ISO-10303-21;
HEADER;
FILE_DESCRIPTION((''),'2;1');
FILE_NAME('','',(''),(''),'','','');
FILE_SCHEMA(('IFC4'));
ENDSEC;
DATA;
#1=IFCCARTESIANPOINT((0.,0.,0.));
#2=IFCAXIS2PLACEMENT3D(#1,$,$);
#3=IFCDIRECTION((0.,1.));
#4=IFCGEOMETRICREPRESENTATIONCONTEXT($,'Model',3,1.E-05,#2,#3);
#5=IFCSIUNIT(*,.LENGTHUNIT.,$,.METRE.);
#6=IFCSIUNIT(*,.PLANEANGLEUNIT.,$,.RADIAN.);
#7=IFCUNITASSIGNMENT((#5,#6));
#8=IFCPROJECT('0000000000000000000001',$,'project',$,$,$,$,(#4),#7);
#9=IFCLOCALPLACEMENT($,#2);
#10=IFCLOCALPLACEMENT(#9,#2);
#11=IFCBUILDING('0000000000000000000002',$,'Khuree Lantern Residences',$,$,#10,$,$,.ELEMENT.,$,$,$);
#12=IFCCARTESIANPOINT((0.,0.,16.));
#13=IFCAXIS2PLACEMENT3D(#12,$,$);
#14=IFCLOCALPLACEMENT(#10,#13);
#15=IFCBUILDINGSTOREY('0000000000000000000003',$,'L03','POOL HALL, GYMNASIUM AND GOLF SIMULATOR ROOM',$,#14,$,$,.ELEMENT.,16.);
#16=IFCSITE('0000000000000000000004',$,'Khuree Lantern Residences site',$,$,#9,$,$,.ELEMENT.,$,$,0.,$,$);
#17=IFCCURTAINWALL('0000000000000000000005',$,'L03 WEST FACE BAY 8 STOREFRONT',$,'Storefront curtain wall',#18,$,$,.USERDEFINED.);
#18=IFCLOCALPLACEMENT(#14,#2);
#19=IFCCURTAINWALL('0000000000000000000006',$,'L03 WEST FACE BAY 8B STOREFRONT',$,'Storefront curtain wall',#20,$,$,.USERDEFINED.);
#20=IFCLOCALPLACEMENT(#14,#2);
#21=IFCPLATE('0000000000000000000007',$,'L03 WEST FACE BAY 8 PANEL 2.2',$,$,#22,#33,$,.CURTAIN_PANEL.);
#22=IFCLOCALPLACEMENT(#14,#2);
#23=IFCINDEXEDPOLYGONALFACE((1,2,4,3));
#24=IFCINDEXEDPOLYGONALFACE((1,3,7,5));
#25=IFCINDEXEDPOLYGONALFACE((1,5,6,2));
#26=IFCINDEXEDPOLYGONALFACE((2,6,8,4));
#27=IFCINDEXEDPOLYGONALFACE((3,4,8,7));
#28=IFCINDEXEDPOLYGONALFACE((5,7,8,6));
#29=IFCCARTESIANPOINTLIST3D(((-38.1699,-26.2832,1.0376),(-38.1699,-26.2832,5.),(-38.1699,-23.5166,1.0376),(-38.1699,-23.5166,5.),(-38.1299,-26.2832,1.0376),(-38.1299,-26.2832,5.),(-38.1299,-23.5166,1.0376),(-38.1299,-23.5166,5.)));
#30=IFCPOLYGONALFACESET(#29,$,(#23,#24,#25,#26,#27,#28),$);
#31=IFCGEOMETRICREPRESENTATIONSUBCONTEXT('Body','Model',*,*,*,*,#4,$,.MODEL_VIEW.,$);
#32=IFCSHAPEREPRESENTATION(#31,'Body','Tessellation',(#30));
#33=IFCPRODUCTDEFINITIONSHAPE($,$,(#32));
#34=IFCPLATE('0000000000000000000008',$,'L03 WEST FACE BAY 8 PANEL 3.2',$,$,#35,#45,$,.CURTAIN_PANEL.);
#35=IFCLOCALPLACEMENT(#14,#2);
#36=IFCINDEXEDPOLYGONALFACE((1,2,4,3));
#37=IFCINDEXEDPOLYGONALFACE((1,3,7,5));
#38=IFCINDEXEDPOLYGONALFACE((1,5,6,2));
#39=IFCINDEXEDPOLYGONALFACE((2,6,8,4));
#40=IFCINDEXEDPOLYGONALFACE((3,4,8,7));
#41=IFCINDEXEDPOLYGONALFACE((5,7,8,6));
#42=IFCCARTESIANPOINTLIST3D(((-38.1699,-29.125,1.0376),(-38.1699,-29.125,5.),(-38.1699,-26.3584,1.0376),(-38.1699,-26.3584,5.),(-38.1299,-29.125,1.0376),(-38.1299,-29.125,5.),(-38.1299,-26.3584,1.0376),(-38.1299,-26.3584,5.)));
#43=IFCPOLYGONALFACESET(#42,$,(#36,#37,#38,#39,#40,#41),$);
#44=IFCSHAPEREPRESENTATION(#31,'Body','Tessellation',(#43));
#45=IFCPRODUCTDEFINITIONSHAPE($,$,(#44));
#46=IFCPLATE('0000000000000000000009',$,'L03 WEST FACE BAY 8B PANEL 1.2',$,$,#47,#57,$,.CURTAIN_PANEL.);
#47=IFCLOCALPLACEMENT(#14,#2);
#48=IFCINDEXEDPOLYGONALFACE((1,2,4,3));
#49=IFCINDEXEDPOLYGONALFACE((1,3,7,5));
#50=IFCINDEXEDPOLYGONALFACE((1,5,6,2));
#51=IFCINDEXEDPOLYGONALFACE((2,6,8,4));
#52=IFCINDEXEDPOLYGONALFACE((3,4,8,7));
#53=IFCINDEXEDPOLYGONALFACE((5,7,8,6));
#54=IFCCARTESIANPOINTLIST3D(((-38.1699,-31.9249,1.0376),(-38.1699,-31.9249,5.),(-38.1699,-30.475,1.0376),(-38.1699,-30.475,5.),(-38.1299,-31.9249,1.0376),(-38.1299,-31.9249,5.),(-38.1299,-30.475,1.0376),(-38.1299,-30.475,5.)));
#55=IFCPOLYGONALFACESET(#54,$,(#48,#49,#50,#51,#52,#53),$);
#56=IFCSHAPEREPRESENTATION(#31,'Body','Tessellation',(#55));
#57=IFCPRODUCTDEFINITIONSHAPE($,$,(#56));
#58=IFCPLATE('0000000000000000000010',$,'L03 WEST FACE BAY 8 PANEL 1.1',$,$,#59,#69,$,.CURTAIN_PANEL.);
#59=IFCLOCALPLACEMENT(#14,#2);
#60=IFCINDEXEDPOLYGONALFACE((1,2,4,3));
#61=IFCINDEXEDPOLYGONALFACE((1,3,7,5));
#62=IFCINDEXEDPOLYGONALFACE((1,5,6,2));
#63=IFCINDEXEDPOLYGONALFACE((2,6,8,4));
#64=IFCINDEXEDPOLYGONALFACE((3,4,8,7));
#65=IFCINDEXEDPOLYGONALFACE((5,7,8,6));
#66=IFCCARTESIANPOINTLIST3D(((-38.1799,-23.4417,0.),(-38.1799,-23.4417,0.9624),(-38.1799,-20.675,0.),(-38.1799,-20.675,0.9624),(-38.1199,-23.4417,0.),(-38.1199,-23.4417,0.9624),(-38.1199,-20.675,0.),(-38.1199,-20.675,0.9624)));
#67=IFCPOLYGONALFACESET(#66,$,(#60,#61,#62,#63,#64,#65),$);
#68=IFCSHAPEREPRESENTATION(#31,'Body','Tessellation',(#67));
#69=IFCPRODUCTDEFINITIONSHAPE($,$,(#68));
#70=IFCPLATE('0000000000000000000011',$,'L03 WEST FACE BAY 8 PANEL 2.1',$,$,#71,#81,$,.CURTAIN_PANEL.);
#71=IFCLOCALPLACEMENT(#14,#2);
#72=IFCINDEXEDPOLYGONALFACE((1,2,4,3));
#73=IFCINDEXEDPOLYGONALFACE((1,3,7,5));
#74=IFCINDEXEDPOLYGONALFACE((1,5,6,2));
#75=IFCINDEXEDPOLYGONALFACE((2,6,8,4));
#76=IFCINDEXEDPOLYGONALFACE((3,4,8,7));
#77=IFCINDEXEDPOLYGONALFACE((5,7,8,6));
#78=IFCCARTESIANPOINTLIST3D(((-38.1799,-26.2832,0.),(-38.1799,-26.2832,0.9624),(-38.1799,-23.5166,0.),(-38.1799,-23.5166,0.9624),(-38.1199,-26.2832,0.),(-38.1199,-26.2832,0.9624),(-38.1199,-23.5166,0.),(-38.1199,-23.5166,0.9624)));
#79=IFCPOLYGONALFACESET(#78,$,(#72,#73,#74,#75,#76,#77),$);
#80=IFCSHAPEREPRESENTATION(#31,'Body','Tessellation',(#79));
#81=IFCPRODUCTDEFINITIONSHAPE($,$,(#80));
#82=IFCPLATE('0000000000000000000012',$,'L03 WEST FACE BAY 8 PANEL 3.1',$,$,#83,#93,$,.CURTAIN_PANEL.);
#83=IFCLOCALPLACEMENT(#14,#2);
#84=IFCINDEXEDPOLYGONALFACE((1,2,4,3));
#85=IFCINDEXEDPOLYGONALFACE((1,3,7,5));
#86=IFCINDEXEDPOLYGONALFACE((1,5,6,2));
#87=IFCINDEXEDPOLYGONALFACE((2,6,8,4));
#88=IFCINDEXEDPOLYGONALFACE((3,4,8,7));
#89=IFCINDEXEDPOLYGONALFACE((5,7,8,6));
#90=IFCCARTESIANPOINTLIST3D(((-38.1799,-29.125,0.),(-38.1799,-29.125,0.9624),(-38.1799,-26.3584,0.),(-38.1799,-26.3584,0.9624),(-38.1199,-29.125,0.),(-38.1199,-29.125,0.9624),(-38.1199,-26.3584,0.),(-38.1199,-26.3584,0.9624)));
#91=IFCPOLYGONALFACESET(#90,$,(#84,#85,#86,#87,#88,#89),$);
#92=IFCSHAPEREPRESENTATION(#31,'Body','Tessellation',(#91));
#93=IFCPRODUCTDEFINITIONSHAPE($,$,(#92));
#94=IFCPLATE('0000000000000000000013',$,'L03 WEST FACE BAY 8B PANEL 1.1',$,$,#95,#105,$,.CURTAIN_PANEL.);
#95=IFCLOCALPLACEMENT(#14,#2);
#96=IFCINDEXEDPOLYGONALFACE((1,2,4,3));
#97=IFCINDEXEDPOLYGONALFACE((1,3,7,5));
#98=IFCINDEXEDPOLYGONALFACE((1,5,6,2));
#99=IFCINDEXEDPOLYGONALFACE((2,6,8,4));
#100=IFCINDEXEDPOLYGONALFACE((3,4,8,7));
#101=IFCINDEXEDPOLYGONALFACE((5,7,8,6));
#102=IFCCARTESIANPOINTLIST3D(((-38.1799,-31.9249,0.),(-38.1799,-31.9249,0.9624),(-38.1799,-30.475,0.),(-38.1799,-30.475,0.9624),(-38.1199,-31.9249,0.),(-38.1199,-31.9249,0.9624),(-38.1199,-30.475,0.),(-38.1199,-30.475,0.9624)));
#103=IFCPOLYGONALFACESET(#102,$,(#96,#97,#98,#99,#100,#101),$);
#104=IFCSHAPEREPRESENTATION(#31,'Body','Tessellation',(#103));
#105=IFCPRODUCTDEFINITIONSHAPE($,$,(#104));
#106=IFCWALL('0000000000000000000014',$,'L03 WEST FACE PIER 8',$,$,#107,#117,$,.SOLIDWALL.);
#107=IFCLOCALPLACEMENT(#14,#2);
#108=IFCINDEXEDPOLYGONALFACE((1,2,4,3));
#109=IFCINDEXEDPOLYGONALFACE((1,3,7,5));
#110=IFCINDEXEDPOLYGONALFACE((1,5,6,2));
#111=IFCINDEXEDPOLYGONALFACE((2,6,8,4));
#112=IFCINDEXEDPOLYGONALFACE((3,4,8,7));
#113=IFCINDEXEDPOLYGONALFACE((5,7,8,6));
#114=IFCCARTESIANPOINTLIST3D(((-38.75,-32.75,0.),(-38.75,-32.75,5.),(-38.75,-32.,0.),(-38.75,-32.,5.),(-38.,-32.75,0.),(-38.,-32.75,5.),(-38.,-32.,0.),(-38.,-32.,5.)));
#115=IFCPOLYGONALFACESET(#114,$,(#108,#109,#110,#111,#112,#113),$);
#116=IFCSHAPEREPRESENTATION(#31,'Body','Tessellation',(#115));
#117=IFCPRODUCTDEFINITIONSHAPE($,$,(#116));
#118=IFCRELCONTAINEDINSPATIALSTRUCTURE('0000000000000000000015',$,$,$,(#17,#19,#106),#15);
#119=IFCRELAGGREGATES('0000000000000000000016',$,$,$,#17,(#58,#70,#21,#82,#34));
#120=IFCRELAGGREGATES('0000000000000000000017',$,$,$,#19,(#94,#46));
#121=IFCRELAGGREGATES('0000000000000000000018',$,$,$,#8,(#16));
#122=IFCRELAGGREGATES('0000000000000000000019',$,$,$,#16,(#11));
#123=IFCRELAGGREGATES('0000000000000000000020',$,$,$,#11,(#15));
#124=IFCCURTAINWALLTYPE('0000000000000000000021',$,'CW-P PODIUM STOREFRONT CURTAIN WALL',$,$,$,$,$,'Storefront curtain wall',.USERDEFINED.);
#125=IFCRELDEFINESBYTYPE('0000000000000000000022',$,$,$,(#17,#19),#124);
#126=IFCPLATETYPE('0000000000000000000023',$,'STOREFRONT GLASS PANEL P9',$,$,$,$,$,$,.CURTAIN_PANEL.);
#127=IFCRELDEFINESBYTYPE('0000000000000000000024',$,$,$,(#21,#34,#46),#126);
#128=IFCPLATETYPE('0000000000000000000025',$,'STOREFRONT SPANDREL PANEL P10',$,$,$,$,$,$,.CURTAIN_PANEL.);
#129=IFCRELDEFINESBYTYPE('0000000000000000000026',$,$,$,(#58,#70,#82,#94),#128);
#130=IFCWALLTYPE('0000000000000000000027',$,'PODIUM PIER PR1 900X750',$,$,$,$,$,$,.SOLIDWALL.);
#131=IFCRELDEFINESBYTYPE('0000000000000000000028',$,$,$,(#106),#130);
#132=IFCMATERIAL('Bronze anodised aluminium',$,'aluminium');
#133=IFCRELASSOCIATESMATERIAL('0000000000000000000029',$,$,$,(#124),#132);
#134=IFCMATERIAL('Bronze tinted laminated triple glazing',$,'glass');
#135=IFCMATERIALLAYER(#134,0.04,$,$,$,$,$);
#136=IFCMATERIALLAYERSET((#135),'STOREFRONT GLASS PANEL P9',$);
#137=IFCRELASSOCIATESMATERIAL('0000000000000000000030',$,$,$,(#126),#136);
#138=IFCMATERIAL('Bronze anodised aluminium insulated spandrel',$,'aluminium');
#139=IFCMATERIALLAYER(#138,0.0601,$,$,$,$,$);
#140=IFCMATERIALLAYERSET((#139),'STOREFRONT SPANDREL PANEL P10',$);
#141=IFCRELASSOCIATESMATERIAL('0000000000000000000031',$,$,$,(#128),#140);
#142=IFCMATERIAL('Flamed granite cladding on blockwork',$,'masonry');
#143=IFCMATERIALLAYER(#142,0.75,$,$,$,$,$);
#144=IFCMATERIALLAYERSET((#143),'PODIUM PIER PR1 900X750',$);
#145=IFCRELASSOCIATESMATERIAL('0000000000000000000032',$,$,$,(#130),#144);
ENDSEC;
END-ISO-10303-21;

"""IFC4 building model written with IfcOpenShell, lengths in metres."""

from ifc_helpers import new_model, si_unit, direction, frame, frame_2d, origin, origin_2d, place, context, subcontext, project, spatial, rectangle, extrude, material, layer, layer_set, type_object, element, aggregate, save


model = new_model("IFC4")

# Units and contexts
model_context = context("Model", 3, precision=1e-05, world=origin(), true_north=direction((0.0, 1.0)))
body_context = subcontext(model_context, "Body", "Model", "MODEL_VIEW")
ifc_project = project(units=[si_unit("LENGTHUNIT", "METRE"), si_unit("PLANEANGLEUNIT", "RADIAN")], contexts=[model_context])

# Site, building, storey
site_placement = place(None, origin())
site = spatial("IfcSite", under=ifc_project, at=site_placement, Name="Khuree Lantern Residences site", CompositionType="ELEMENT", RefElevation=0.0)
building_placement = place(site_placement, origin())
building = spatial("IfcBuilding", under=site, at=building_placement, Name="Khuree Lantern Residences", CompositionType="ELEMENT")
storey_placement = place(building_placement, frame((0.0, 0.0, 16.0)))
storey = spatial("IfcBuildingStorey", under=building, at=storey_placement, Name="L03", Description="POOL HALL, GYMNASIUM AND GOLF SIMULATOR ROOM", CompositionType="ELEMENT", Elevation=16.0)

# Shared definitions
ifc_material_1 = material(Name="Bronze anodised aluminium", Category="aluminium")
curtain_wall_type = type_object("IfcCurtainWallType", Name="CW-P PODIUM STOREFRONT CURTAIN WALL", ElementType="Storefront curtain wall", PredefinedType="USERDEFINED", material=ifc_material_1)

# Curtain walls
curtain_wall_1_placement = place(storey_placement, origin())
curtain_wall_1 = element("IfcCurtainWall", 1, at=curtain_wall_1_placement, inside=storey, type_object=curtain_wall_type, Name="L03 WEST FACE BAY 8 STOREFRONT", ObjectType="Storefront curtain wall", PredefinedType="USERDEFINED")
curtain_wall_2_placement = place(storey_placement, origin())
curtain_wall_2 = element("IfcCurtainWall", 2, at=curtain_wall_2_placement, inside=storey, type_object=curtain_wall_type, Name="L03 WEST FACE BAY 8B STOREFRONT", ObjectType="Storefront curtain wall", PredefinedType="USERDEFINED")

# Plates
ifc_material_2 = material(Name="Bronze tinted laminated triple glazing", Category="glass")
ifc_layer_1 = layer(ifc_material_2, 0.04)
ifc_layer_set_1 = layer_set([ifc_layer_1], Name="STOREFRONT GLASS PANEL P9")
plate_type_1 = type_object("IfcPlateType", Name="STOREFRONT GLASS PANEL P9", PredefinedType="CURTAIN_PANEL", material=ifc_layer_set_1)
plate_1_placement = place(storey_placement, frame((-38.1499, -24.8999, 1.0376), z_axis=(0.0, 0.0, 1.0), x_axis=(0.0, -1.0, 0.0)))
plate_1 = element("IfcPlate", 3, at=plate_1_placement, type_object=plate_type_1, Name="L03 WEST FACE BAY 8 PANEL 2.2", PredefinedType="CURTAIN_PANEL", context=body_context, shape_type="SweptSolid", body=[
    extrude(rectangle(XDim=2.7666, YDim=0.04, at=origin_2d()), origin(), (0.0, 0.0, 1.0), 3.9624),
])
plate_2_placement = place(storey_placement, frame((-38.1499, -27.7417, 1.0376), z_axis=(0.0, 0.0, 1.0), x_axis=(0.0, -1.0, 0.0)))
plate_2 = element("IfcPlate", 4, at=plate_2_placement, type_object=plate_type_1, Name="L03 WEST FACE BAY 8 PANEL 3.2", PredefinedType="CURTAIN_PANEL", context=body_context, shape_type="SweptSolid", body=[
    extrude(rectangle(XDim=2.7666, YDim=0.04, at=origin_2d()), origin(), (0.0, 0.0, 1.0), 3.9624),
])
plate_3_placement = place(storey_placement, frame((-38.1499, -31.2, 1.0376), z_axis=(0.0, 0.0, 1.0), x_axis=(0.0, -1.0, 0.0)))
plate_3 = element("IfcPlate", 5, at=plate_3_placement, type_object=plate_type_1, Name="L03 WEST FACE BAY 8B PANEL 1.2", PredefinedType="CURTAIN_PANEL", context=body_context, shape_type="SweptSolid", body=[
    extrude(rectangle(XDim=1.45, YDim=0.04, at=origin_2d()), origin(), (0.0, 0.0, 1.0), 3.9624),
])
ifc_material_3 = material(Name="Bronze anodised aluminium insulated spandrel", Category="aluminium")
ifc_layer_2 = layer(ifc_material_3, 0.0601)
ifc_layer_set_2 = layer_set([ifc_layer_2], Name="STOREFRONT SPANDREL PANEL P10")
plate_type_2 = type_object("IfcPlateType", Name="STOREFRONT SPANDREL PANEL P10", PredefinedType="CURTAIN_PANEL", material=ifc_layer_set_2)
plate_4_placement = place(storey_placement, frame((-38.1499, -22.0583, 0.0), z_axis=(0.0, 0.0, 1.0), x_axis=(0.0, -1.0, 0.0)))
plate_4 = element("IfcPlate", 6, at=plate_4_placement, type_object=plate_type_2, Name="L03 WEST FACE BAY 8 PANEL 1.1", PredefinedType="CURTAIN_PANEL", context=body_context, shape_type="SweptSolid", body=[
    extrude(rectangle(XDim=2.7666, YDim=0.0601, at=origin_2d()), origin(), (0.0, 0.0, 1.0), 0.9624),
])
plate_5_placement = place(storey_placement, frame((-38.1499, -24.8999, 0.0), z_axis=(0.0, 0.0, 1.0), x_axis=(0.0, -1.0, 0.0)))
plate_5 = element("IfcPlate", 7, at=plate_5_placement, type_object=plate_type_2, Name="L03 WEST FACE BAY 8 PANEL 2.1", PredefinedType="CURTAIN_PANEL", context=body_context, shape_type="SweptSolid", body=[
    extrude(rectangle(XDim=2.7666, YDim=0.0601, at=origin_2d()), origin(), (0.0, 0.0, 1.0), 0.9624),
])
plate_6_placement = place(storey_placement, frame((-38.1499, -27.7417, 0.0), z_axis=(0.0, 0.0, 1.0), x_axis=(0.0, -1.0, 0.0)))
plate_6 = element("IfcPlate", 8, at=plate_6_placement, type_object=plate_type_2, Name="L03 WEST FACE BAY 8 PANEL 3.1", PredefinedType="CURTAIN_PANEL", context=body_context, shape_type="SweptSolid", body=[
    extrude(rectangle(XDim=2.7666, YDim=0.0601, at=origin_2d()), origin(), (0.0, 0.0, 1.0), 0.9624),
])
aggregate(curtain_wall_1, [plate_4, plate_5, plate_1, plate_6, plate_2])
plate_7_placement = place(storey_placement, frame((-38.1499, -31.2, 0.0), z_axis=(0.0, 0.0, 1.0), x_axis=(0.0, -1.0, 0.0)))
plate_7 = element("IfcPlate", 9, at=plate_7_placement, type_object=plate_type_2, Name="L03 WEST FACE BAY 8B PANEL 1.1", PredefinedType="CURTAIN_PANEL", context=body_context, shape_type="SweptSolid", body=[
    extrude(rectangle(XDim=1.45, YDim=0.0601, at=origin_2d()), origin(), (0.0, 0.0, 1.0), 0.9624),
])
aggregate(curtain_wall_2, [plate_7, plate_3])

# Wall
ifc_material_4 = material(Name="Flamed granite cladding on blockwork", Category="masonry")
ifc_layer_3 = layer(ifc_material_4, 0.75)
ifc_layer_set_3 = layer_set([ifc_layer_3], Name="PODIUM PIER PR1 900X750")
wall_type = type_object("IfcWallType", Name="PODIUM PIER PR1 900X750", PredefinedType="SOLIDWALL", material=ifc_layer_set_3)
wall_placement = place(storey_placement, frame((-38.375, -32.0, 0.0), z_axis=(0.0, 0.0, 1.0), x_axis=(0.0, -1.0, 0.0)))
element("IfcWall", 10, at=wall_placement, inside=storey, type_object=wall_type, Name="L03 WEST FACE PIER 8", PredefinedType="SOLIDWALL", context=body_context, shape_type="SweptSolid", body=[
    extrude(rectangle(XDim=0.75, YDim=0.75, at=frame_2d((0.375, 0.0))), origin(), (0.0, 0.0, 1.0), 5.0),
])

save(model, "model.ifc")
